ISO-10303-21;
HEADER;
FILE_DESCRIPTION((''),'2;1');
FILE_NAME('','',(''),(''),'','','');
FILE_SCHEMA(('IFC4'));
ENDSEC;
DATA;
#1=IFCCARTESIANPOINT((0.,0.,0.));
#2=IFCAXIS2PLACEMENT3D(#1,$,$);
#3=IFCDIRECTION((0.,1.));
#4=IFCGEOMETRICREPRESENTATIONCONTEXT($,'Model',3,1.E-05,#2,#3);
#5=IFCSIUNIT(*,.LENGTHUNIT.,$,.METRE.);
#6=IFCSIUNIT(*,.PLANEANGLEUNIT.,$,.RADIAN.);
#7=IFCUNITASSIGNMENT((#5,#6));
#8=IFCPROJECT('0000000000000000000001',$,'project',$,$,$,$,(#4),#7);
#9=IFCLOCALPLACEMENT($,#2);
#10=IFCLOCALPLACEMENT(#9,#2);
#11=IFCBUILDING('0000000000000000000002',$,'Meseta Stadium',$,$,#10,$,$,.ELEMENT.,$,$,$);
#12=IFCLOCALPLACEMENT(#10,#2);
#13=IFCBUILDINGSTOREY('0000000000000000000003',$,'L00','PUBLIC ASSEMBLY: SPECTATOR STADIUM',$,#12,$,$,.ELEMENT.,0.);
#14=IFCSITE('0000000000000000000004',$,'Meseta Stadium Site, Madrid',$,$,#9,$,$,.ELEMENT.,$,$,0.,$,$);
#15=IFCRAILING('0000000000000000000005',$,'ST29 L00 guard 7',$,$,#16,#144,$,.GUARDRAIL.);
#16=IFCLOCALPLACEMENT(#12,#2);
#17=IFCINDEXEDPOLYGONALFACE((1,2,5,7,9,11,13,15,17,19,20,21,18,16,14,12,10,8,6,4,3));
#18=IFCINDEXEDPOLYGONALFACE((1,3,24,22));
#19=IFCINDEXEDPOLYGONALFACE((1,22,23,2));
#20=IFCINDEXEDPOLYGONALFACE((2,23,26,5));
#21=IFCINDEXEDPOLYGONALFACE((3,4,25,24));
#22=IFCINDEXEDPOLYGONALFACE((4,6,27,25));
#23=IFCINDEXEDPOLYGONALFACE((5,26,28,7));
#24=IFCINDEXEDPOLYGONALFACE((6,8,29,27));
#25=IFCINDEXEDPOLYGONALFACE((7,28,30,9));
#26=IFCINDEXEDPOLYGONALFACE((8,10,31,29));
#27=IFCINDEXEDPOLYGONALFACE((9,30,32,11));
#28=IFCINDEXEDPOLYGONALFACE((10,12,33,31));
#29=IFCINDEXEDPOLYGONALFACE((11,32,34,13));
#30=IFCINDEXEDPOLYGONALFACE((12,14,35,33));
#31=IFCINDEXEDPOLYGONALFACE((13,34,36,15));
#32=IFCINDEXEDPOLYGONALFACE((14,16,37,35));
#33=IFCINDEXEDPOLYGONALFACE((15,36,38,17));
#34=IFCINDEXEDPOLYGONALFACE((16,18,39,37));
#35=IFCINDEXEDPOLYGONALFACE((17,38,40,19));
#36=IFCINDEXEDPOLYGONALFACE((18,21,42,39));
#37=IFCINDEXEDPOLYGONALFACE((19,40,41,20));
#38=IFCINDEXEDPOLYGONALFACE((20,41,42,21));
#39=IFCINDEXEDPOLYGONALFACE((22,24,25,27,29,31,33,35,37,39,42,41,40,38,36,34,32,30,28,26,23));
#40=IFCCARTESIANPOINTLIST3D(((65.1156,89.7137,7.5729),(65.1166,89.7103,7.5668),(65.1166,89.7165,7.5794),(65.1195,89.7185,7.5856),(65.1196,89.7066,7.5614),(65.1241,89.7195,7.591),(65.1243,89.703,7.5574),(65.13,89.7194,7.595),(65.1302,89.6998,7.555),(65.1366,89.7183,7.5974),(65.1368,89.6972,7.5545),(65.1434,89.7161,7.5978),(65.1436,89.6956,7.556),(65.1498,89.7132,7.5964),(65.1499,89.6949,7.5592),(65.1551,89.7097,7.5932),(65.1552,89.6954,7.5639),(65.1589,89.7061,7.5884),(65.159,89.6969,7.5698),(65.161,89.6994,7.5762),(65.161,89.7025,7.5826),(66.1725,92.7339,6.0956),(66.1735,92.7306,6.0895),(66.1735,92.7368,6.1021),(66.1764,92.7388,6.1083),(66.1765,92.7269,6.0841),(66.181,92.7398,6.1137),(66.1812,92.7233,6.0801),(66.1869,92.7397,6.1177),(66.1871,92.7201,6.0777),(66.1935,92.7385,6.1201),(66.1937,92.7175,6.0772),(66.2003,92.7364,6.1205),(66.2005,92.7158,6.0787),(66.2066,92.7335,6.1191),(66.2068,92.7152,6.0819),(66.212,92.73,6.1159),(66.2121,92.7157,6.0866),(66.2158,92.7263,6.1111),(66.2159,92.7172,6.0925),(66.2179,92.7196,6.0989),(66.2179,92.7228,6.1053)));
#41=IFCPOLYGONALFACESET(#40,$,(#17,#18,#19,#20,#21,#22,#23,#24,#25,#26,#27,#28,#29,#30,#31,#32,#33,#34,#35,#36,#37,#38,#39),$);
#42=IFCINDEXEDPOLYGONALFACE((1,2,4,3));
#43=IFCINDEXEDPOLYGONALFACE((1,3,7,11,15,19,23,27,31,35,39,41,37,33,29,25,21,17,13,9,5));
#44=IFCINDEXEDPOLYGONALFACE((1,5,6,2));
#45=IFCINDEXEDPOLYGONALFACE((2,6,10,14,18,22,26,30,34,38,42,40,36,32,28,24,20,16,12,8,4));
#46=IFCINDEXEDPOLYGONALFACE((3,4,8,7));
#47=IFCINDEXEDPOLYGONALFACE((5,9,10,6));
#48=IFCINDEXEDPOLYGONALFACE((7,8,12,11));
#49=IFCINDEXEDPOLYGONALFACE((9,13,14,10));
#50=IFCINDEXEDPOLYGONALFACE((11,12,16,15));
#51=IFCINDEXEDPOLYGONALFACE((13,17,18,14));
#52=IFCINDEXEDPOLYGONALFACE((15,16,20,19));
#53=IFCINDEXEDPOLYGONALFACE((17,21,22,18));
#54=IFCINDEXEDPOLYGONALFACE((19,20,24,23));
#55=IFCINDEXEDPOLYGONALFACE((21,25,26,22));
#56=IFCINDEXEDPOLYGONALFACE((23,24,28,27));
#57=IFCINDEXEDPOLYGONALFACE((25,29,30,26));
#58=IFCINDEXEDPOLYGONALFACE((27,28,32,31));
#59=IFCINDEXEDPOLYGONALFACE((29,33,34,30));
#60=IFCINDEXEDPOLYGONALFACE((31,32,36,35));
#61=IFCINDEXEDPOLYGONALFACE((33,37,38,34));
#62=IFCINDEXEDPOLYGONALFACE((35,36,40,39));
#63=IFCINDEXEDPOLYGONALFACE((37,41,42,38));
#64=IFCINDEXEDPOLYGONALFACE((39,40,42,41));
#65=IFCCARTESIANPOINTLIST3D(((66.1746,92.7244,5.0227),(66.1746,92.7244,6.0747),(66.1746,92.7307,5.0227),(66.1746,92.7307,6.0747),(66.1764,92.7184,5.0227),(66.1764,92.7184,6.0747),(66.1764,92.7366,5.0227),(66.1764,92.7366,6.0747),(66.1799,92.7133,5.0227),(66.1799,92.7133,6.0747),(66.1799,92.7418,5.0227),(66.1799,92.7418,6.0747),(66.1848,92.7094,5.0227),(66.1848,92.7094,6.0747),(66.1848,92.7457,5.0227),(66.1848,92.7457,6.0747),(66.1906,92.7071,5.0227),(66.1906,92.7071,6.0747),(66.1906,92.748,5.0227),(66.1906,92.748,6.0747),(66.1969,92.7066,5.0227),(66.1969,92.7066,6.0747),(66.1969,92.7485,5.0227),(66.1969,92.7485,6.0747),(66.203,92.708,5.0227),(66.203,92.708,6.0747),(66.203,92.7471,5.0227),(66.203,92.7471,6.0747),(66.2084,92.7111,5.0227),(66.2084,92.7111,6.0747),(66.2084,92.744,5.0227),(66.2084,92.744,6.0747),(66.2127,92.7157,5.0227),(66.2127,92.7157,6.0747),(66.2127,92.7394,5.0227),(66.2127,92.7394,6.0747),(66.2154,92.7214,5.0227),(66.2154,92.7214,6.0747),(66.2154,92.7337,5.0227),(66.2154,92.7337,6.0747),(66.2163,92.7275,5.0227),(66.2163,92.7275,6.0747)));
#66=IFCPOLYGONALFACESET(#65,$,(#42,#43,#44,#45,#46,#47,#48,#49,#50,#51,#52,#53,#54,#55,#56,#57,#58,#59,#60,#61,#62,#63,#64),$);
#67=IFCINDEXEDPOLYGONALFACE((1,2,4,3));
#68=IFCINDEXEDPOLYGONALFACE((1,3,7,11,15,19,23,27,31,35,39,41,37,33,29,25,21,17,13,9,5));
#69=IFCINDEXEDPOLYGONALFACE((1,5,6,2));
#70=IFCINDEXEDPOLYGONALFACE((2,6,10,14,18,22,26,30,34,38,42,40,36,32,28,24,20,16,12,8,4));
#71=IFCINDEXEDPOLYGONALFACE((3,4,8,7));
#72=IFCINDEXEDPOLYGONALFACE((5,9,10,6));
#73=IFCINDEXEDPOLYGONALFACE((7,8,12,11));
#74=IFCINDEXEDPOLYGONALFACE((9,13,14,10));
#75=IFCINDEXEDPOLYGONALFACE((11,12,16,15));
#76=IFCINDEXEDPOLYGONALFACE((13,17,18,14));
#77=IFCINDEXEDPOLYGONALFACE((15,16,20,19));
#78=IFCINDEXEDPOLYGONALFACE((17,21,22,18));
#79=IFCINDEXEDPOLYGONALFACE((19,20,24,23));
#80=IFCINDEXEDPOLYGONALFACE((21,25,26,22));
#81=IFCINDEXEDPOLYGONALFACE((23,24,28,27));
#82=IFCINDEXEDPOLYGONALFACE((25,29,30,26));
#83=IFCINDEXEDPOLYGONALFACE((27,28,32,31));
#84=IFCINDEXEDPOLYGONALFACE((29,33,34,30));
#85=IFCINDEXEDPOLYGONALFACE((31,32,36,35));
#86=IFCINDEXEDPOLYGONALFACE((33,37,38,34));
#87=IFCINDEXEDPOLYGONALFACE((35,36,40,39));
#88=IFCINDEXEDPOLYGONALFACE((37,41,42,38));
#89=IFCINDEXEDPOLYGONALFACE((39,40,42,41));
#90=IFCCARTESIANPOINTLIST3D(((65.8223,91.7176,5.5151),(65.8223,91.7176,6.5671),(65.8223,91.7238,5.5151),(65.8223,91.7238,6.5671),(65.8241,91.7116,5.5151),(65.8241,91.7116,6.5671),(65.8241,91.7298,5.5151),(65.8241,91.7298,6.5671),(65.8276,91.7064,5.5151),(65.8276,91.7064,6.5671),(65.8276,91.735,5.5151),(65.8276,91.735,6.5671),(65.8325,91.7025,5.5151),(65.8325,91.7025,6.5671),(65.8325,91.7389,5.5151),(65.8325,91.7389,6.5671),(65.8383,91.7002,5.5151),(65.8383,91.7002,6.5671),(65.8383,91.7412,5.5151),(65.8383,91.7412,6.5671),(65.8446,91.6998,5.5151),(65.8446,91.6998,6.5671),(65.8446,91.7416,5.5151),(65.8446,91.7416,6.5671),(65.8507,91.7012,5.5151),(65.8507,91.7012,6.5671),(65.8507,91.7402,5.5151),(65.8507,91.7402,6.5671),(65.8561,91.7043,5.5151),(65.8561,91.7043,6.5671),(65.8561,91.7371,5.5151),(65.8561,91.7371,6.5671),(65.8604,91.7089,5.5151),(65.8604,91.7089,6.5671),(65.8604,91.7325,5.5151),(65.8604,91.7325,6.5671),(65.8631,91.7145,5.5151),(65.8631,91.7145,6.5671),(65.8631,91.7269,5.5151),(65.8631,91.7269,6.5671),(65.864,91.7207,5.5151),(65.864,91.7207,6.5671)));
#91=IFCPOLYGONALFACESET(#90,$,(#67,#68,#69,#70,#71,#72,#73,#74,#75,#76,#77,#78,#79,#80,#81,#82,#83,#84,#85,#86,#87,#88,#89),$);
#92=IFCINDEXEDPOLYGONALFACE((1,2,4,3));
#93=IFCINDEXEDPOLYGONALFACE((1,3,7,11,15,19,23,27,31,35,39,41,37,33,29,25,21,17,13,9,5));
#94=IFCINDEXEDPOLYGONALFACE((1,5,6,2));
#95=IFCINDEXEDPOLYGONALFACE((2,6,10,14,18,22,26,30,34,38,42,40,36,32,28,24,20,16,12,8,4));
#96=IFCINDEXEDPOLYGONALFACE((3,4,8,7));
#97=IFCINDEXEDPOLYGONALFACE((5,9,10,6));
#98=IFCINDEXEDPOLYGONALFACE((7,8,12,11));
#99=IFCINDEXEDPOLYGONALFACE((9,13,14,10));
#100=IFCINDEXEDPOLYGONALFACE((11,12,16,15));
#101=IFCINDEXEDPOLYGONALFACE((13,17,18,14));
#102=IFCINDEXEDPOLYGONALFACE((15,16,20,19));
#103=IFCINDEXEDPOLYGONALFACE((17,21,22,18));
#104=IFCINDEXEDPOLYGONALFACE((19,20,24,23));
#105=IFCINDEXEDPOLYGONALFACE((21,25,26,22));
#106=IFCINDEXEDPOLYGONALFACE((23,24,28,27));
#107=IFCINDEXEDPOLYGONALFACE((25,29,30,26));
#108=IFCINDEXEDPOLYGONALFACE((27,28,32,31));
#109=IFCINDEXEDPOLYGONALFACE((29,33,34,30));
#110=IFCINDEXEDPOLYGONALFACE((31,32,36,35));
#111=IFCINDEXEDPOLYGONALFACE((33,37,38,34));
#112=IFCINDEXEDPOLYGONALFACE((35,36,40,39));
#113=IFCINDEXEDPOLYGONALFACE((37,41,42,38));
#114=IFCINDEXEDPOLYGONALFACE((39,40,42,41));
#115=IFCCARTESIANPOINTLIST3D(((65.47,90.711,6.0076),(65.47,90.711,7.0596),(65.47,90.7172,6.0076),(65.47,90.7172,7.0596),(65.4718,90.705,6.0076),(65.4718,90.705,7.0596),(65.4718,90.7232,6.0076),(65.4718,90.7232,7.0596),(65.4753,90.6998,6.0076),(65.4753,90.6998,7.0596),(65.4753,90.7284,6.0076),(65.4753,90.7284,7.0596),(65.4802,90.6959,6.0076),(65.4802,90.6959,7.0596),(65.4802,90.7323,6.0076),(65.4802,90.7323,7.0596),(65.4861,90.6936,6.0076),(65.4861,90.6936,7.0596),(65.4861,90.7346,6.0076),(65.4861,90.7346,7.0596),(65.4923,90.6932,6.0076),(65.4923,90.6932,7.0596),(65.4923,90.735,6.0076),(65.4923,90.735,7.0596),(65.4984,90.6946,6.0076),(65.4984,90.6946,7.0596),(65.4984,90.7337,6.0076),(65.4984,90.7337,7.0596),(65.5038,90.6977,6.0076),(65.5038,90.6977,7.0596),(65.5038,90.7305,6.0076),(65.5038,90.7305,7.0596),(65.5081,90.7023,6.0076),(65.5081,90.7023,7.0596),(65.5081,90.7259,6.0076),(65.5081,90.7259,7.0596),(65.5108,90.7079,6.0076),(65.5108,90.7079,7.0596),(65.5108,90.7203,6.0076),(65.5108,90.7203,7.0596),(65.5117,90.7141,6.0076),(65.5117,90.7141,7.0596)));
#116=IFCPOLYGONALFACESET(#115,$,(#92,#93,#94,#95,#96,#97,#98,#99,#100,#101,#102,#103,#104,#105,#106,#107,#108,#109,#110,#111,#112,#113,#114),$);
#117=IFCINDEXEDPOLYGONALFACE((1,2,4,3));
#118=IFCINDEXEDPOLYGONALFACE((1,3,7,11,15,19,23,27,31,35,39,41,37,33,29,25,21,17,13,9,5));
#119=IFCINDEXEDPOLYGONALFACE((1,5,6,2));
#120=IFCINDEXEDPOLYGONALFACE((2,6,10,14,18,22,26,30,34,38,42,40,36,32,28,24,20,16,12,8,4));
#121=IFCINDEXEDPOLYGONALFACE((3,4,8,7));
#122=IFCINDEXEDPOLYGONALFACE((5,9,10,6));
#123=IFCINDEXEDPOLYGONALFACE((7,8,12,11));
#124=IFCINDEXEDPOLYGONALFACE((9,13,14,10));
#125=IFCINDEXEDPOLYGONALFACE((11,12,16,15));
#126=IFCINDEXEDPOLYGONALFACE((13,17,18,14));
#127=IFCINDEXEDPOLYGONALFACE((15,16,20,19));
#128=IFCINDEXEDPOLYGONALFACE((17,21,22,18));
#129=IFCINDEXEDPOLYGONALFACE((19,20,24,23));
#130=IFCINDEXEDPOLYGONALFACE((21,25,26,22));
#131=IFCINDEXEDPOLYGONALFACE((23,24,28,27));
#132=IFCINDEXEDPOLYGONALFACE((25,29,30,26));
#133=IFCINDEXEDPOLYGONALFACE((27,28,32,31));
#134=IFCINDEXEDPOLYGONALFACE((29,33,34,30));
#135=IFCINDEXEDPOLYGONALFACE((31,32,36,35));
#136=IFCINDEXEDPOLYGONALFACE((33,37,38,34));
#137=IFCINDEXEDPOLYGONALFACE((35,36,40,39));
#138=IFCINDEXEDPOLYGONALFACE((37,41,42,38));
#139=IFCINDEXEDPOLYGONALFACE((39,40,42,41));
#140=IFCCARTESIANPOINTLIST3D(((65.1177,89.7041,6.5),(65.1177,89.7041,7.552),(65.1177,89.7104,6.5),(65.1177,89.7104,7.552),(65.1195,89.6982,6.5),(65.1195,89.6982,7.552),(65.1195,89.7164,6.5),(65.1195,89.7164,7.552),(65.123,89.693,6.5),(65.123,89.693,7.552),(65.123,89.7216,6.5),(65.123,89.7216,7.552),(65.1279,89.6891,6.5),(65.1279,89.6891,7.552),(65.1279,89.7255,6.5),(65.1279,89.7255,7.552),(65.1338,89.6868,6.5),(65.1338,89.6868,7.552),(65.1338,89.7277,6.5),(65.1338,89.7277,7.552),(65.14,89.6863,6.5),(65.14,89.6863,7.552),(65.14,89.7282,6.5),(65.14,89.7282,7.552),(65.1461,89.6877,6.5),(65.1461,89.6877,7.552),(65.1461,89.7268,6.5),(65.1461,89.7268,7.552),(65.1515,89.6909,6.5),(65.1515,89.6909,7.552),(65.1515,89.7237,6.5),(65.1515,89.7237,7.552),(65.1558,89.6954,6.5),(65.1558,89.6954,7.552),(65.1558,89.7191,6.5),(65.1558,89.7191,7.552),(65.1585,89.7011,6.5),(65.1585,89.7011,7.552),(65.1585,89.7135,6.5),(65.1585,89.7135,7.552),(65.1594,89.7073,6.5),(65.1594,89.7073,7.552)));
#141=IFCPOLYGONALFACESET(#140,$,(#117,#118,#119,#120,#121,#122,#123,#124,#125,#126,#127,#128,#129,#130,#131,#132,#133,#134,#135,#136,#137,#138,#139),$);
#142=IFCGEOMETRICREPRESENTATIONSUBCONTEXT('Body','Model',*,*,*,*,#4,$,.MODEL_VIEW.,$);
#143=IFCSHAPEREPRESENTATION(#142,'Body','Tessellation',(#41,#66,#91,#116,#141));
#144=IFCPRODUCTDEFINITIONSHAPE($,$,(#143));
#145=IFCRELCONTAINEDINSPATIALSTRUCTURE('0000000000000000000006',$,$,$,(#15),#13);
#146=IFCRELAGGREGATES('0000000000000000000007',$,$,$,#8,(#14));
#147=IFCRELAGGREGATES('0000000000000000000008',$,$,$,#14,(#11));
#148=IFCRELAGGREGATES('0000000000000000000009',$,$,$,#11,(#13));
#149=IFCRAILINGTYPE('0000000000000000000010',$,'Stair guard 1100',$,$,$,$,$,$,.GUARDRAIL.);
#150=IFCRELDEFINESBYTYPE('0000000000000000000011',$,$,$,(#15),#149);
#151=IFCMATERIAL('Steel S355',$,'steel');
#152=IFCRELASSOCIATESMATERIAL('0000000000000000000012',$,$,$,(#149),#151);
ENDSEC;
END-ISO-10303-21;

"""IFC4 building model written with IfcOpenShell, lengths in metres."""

from ifc_helpers import new_model, si_unit, direction, frame, origin, origin_2d, place, context, subcontext, project, spatial, circle, extrude, material, type_object, element, save


model = new_model("IFC4")

# Units and contexts
model_context = context("Model", 3, precision=1e-05, world=origin(), true_north=direction((0.0, 1.0)))
body_context = subcontext(model_context, "Body", "Model", "MODEL_VIEW")
ifc_project = project(units=[si_unit("LENGTHUNIT", "METRE"), si_unit("PLANEANGLEUNIT", "RADIAN")], contexts=[model_context])

# Site, building, storey
site_placement = place(None, origin())
site = spatial("IfcSite", under=ifc_project, at=site_placement, Name="Meseta Stadium Site, Madrid", CompositionType="ELEMENT", RefElevation=0.0)
building_placement = place(site_placement, origin())
building = spatial("IfcBuilding", under=site, at=building_placement, Name="Meseta Stadium", CompositionType="ELEMENT")
storey_placement = place(building_placement, origin())
storey = spatial("IfcBuildingStorey", under=building, at=storey_placement, Name="L00", Description="PUBLIC ASSEMBLY: SPECTATOR STADIUM", CompositionType="ELEMENT", Elevation=0.0)

# Railing
ifc_material_1 = material(Name="Steel S355", Category="steel")
railing_type_1 = type_object("IfcRailingType", Name="Stair guard 1100", PredefinedType="GUARDRAIL", material=ifc_material_1)
railing_1_placement = place(storey_placement, frame((66.1953, 92.7275, 5.0227)))
element("IfcRailing", 1, at=railing_1_placement, inside=storey, type_object=railing_type_1, Name="ST29 L00 guard 7", PredefinedType="GUARDRAIL", context=body_context, shape_type="SweptSolid", body=[
    extrude(circle(Radius=0.0239, at=origin_2d()), frame((0.0, 0.0, 1.0762), z_axis=(-0.299876, -0.856958, 0.419162), x_axis=(0.943879, -0.330293, 0.0)), (0.0, 0.0, 1.0), 3.5244),
    extrude(circle(Radius=0.021, at=origin_2d()), origin(), (0.0, 0.0, 1.0), 1.052),
    extrude(circle(Radius=0.021, at=origin_2d()), frame((-0.3523, -1.0068, 0.4924)), (0.0, 0.0, 1.0), 1.052),
    extrude(circle(Radius=0.021, at=origin_2d()), frame((-0.7046, -2.0134, 0.9849)), (0.0, 0.0, 1.0), 1.052),
    extrude(circle(Radius=0.021, at=origin_2d()), frame((-1.0569, -3.0203, 1.4773)), (0.0, 0.0, 1.0), 1.052),
])

save(model, "model.ifc")
